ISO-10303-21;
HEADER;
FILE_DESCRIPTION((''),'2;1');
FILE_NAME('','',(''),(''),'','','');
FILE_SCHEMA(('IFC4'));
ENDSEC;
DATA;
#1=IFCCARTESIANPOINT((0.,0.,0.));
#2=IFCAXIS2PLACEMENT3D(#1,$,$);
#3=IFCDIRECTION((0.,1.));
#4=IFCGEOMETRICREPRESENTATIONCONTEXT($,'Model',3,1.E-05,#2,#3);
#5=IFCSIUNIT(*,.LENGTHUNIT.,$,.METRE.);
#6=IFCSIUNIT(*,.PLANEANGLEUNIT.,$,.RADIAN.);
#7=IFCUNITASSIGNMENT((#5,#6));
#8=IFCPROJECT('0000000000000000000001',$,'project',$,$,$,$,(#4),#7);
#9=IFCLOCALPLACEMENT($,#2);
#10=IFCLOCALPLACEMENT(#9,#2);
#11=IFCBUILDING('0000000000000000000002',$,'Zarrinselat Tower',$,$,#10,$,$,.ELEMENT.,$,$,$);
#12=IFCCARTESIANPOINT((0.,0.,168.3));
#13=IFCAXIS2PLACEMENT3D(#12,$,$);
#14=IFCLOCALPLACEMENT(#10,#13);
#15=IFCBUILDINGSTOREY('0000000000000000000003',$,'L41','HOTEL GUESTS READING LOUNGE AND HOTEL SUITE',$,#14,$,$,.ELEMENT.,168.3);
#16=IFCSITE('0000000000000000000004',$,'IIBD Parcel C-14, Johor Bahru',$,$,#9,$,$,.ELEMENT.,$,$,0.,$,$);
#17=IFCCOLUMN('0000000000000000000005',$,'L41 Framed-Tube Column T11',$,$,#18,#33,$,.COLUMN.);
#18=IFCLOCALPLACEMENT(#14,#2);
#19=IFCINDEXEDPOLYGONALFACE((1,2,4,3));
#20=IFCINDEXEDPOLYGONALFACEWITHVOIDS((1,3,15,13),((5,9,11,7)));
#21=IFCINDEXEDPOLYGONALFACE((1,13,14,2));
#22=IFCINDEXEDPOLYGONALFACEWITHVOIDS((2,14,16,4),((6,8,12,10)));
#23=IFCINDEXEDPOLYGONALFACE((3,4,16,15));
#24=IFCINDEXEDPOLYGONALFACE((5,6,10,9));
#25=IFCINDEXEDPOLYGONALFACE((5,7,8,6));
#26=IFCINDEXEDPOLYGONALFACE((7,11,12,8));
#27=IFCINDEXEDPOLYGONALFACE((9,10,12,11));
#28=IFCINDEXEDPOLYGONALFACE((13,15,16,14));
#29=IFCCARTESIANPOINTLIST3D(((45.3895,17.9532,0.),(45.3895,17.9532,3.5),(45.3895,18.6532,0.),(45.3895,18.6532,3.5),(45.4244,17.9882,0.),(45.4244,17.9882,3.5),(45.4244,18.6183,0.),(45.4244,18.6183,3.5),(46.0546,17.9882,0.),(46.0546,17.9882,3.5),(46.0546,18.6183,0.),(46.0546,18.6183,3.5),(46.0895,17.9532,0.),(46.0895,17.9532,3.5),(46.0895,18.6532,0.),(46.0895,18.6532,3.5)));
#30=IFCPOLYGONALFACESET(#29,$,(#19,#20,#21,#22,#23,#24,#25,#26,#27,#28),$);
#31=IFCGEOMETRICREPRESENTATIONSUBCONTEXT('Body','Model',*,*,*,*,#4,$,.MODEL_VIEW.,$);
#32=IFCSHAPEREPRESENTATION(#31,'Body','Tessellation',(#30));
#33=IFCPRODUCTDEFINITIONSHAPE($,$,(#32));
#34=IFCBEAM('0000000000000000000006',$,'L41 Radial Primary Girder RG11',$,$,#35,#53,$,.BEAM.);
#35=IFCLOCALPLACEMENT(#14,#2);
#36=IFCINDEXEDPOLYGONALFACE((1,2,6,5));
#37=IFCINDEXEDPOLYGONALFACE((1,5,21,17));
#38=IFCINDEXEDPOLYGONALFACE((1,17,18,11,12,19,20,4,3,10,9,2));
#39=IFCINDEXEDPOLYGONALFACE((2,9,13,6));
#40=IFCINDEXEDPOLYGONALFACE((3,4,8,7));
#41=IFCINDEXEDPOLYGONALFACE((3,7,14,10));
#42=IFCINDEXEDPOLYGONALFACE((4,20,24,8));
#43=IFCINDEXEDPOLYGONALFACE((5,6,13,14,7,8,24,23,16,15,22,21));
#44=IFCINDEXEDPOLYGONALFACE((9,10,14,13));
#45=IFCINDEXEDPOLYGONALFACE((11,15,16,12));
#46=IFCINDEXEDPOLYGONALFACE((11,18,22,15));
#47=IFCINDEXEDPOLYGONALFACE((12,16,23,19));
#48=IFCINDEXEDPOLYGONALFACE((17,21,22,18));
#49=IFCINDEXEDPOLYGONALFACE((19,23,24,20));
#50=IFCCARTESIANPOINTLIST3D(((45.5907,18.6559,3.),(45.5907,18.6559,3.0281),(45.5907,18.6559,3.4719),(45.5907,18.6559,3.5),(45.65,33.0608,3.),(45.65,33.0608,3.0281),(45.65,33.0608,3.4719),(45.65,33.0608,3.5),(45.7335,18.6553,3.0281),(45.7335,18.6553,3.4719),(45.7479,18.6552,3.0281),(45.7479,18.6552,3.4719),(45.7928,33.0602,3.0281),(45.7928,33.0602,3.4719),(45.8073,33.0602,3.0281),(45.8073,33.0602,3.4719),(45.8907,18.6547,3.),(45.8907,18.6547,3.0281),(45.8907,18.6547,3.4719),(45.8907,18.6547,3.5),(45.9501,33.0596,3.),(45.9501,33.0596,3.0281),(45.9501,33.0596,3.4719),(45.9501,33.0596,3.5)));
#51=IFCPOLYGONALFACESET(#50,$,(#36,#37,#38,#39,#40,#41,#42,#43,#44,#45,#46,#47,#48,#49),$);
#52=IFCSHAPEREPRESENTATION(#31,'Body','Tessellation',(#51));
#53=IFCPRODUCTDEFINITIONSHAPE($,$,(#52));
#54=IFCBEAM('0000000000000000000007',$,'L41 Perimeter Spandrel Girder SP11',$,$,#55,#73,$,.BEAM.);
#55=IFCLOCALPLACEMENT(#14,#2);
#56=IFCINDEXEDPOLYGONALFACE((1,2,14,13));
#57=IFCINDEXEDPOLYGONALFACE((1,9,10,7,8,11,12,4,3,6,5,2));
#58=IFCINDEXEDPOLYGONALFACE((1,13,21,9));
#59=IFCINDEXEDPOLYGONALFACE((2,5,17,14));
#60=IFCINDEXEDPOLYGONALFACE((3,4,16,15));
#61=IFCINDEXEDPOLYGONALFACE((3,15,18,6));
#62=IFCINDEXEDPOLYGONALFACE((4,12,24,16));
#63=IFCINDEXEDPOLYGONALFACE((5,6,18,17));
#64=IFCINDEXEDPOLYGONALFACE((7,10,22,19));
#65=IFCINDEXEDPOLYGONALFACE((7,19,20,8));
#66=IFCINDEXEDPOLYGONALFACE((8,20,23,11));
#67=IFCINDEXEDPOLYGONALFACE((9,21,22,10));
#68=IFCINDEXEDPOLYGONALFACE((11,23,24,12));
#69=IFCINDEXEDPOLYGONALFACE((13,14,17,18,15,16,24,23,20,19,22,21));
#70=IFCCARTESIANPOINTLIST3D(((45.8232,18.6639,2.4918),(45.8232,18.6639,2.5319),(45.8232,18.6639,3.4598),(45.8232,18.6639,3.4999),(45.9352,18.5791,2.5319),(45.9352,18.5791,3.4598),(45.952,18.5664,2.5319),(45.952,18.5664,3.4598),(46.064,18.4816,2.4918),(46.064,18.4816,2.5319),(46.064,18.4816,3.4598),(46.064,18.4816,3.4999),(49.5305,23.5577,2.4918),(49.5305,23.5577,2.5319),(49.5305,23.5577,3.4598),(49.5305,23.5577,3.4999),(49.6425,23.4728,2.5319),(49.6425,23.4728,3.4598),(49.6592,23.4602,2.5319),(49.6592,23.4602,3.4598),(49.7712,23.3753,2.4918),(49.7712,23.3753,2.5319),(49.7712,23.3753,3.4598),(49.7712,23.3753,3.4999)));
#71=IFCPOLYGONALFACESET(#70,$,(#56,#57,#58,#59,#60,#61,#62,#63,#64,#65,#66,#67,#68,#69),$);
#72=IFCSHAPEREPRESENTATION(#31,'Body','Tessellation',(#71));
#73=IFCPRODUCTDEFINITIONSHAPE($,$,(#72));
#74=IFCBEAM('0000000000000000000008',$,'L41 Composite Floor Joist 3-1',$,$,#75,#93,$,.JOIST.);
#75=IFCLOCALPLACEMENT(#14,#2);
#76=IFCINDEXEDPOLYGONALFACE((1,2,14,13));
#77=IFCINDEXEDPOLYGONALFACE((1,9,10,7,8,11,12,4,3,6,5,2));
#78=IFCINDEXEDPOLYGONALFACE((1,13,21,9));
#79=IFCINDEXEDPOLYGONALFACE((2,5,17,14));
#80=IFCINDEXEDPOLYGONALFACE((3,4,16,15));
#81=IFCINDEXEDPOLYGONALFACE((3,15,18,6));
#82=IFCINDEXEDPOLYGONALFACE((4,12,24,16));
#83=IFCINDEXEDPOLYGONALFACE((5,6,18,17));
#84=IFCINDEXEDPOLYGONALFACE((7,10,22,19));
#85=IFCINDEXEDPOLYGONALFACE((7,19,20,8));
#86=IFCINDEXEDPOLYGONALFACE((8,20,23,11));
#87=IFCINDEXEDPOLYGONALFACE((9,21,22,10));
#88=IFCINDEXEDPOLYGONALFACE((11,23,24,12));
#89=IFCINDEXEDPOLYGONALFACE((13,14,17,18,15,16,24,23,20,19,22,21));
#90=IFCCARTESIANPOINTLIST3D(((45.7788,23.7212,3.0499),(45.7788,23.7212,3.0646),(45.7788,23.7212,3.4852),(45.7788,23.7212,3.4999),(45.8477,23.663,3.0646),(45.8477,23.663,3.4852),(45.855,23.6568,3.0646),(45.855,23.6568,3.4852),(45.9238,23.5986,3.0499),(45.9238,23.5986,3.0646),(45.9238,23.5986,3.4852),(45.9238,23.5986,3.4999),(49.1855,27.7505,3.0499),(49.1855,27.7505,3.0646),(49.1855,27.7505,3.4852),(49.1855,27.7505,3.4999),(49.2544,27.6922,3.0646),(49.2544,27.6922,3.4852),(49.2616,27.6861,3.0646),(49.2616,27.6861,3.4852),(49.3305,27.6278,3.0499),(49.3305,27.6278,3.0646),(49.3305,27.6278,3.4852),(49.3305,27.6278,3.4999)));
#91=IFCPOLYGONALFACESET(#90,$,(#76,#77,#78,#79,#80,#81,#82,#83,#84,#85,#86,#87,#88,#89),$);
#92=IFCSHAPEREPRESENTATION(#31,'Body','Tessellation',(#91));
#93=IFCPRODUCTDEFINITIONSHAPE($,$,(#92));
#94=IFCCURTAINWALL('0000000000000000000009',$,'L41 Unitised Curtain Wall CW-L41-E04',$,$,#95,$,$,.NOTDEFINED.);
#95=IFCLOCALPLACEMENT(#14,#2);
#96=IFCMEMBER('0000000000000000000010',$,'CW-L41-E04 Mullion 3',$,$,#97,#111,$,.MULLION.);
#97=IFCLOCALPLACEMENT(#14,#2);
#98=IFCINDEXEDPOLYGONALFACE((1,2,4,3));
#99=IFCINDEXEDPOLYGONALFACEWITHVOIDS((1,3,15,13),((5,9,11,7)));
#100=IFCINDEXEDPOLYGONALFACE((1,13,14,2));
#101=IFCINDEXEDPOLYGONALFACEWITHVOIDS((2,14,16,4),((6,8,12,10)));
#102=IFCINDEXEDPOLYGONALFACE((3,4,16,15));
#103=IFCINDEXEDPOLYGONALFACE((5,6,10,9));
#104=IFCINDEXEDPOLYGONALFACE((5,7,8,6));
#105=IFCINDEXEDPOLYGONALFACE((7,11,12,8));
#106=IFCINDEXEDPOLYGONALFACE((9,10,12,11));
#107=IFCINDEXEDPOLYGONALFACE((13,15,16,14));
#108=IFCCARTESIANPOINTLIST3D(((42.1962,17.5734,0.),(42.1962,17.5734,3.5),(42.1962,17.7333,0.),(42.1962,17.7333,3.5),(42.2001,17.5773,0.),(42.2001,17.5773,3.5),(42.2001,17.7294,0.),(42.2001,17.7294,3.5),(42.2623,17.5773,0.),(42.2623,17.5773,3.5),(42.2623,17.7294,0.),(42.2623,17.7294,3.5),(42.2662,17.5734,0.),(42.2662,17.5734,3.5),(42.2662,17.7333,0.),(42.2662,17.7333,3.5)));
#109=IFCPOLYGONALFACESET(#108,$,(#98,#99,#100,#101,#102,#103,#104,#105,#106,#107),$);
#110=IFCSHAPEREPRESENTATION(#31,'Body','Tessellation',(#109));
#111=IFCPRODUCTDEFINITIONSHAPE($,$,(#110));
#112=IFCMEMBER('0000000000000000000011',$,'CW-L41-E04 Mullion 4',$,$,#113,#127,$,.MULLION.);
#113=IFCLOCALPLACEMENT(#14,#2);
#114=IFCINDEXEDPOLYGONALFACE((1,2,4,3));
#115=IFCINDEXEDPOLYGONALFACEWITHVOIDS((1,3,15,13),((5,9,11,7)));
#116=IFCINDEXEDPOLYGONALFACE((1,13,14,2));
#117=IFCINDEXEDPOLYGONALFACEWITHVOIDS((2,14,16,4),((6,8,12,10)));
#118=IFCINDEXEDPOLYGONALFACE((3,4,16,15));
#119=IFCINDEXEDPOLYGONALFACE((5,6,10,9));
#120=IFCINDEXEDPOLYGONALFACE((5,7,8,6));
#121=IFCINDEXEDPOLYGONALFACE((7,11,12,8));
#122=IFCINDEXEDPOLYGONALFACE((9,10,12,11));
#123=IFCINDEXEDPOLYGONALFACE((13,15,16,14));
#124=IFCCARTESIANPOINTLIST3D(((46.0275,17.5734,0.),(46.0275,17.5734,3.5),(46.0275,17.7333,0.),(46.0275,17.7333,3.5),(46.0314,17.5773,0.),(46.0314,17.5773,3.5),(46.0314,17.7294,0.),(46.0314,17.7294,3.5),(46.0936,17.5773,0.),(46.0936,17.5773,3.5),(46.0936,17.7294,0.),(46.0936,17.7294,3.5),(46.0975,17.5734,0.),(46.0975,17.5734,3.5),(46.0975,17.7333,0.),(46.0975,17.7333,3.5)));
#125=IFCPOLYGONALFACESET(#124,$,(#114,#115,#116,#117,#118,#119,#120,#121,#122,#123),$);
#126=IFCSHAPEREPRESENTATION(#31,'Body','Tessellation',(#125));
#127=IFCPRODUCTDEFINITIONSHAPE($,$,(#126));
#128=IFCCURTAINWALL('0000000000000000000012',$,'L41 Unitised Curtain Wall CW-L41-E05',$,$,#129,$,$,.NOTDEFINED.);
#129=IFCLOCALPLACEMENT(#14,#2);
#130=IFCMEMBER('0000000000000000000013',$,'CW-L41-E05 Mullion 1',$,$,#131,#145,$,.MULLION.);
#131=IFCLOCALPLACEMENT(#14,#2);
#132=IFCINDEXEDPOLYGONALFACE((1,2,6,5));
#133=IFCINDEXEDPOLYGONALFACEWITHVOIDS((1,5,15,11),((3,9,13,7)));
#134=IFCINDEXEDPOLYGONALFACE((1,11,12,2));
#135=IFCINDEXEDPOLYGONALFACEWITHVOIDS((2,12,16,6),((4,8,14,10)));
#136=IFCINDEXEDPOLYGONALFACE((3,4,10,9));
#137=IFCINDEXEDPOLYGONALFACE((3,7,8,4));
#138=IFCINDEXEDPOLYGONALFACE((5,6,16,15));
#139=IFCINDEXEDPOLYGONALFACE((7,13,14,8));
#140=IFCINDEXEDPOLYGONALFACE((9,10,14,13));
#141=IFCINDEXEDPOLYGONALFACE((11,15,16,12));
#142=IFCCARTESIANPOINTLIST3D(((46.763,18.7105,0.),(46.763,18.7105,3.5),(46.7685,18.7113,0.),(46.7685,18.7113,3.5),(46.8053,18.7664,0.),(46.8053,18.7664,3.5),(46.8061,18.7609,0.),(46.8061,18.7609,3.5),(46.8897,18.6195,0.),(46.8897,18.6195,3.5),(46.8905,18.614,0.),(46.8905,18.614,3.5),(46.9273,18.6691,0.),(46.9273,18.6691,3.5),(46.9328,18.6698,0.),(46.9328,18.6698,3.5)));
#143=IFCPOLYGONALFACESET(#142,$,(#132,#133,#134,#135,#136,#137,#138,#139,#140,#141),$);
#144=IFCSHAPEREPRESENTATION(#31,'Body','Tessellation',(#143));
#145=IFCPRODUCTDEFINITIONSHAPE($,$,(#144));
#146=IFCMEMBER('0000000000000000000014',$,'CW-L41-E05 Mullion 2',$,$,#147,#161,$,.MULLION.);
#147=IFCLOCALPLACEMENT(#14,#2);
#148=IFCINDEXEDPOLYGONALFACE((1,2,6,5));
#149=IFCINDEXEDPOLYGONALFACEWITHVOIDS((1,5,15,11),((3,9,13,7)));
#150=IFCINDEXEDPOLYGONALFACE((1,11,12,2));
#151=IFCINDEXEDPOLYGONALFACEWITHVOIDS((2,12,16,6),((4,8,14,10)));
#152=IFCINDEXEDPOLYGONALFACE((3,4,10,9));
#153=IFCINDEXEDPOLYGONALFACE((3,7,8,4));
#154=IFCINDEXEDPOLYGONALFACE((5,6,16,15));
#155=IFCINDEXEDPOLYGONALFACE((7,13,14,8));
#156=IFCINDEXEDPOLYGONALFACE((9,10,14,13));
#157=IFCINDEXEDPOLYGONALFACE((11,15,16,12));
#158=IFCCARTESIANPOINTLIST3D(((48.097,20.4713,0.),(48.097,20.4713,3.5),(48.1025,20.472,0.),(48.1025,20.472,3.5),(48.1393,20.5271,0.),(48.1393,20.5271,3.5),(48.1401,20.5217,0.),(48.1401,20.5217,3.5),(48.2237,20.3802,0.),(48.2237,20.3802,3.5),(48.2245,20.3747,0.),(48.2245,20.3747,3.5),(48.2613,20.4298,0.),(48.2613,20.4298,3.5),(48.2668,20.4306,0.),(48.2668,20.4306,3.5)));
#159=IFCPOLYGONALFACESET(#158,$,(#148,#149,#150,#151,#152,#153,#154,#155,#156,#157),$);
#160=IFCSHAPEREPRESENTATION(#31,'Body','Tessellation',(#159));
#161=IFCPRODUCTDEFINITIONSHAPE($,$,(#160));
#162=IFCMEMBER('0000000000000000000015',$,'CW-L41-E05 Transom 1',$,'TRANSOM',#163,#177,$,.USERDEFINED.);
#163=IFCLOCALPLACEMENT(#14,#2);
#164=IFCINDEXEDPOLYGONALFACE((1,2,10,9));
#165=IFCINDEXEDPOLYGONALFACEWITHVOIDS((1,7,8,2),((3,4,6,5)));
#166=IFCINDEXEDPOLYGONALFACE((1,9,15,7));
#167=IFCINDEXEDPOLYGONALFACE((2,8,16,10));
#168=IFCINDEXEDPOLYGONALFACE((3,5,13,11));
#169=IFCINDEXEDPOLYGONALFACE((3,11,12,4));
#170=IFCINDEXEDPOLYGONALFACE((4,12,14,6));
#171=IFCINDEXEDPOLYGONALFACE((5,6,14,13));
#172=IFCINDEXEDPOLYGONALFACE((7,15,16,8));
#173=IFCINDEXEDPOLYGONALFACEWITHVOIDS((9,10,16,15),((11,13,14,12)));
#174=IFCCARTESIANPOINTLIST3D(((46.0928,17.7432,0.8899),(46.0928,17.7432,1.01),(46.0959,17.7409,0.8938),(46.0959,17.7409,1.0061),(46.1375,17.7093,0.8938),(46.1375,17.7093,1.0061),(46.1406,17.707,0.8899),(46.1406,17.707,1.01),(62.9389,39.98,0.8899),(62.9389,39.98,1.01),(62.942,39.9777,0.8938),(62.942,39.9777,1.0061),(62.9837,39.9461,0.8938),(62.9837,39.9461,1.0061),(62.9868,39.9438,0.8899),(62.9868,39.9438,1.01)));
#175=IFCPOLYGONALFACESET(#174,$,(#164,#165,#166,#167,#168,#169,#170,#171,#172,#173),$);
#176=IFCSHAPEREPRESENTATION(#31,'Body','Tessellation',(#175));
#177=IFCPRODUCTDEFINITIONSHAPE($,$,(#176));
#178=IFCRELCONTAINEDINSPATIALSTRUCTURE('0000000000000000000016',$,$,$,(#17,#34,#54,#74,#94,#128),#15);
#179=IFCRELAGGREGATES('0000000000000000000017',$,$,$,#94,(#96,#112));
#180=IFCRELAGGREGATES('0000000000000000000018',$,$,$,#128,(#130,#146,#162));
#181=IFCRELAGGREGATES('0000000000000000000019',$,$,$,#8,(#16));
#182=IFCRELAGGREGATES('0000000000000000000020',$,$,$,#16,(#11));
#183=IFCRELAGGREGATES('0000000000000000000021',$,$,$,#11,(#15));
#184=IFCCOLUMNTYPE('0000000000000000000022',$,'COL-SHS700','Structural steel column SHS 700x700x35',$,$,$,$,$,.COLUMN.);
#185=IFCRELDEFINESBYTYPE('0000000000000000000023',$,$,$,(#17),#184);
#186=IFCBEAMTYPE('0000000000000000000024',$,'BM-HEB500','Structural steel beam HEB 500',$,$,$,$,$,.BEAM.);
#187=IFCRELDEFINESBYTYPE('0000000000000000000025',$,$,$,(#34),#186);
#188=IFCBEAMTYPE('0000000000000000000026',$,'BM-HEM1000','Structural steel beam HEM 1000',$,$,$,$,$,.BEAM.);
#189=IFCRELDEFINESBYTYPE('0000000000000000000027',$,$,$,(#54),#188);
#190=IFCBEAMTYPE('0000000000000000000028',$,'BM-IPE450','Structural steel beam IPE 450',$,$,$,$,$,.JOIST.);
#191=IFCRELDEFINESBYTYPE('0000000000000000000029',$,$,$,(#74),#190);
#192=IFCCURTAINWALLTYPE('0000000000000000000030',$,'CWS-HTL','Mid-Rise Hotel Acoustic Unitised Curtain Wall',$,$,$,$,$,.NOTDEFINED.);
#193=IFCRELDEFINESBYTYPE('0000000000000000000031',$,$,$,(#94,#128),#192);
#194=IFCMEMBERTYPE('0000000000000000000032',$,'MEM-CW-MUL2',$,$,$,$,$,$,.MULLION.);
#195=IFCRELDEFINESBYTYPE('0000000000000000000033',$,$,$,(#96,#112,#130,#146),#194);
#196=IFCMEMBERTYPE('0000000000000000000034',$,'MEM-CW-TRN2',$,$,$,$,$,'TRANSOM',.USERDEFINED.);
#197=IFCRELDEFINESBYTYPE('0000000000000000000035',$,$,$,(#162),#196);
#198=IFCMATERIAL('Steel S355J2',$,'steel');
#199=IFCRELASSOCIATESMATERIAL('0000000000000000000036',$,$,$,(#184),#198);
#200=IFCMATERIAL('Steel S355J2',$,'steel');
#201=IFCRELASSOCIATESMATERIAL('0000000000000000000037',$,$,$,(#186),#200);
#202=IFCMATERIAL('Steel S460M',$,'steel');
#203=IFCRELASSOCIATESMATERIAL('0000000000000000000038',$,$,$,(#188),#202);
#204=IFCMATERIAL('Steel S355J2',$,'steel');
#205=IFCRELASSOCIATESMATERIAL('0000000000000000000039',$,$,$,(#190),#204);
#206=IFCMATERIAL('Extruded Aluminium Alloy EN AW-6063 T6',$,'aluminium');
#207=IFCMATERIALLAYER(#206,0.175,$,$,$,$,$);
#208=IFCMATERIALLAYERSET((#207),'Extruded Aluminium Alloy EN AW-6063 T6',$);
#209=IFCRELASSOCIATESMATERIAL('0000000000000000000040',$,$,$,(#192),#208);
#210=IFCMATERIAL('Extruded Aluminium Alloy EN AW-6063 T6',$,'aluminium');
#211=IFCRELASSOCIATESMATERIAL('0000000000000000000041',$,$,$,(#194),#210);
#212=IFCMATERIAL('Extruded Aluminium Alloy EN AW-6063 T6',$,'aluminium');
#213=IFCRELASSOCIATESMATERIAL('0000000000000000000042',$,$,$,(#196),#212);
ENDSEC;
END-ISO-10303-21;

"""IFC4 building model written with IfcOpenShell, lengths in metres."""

from ifc_helpers import new_model, si_unit, direction, frame, origin, origin_2d, place, context, subcontext, project, spatial, hollow_rectangle, i_section, extrude, material, layer, layer_set, material_profile, profile_set, type_object, element, aggregate, save


model = new_model("IFC4")

# Units and contexts
model_context = context("Model", 3, precision=1e-05, world=origin(), true_north=direction((0.0, 1.0)))
body_context = subcontext(model_context, "Body", "Model", "MODEL_VIEW")
ifc_project = project(units=[si_unit("LENGTHUNIT", "METRE"), si_unit("PLANEANGLEUNIT", "RADIAN")], contexts=[model_context])

# Site, building, storey
site_placement = place(None, origin())
site = spatial("IfcSite", under=ifc_project, at=site_placement, Name="IIBD Parcel C-14, Johor Bahru", CompositionType="ELEMENT", RefElevation=0.0)
building_placement = place(site_placement, origin())
building = spatial("IfcBuilding", under=site, at=building_placement, Name="Zarrinselat Tower", CompositionType="ELEMENT")
storey_placement = place(building_placement, frame((0.0, 0.0, 168.3)))
storey = spatial("IfcBuildingStorey", under=building, at=storey_placement, Name="L41", Description="HOTEL GUESTS READING LOUNGE AND HOTEL SUITE", CompositionType="ELEMENT", Elevation=168.3)

# Column
ifc_material_1 = material(Name="Steel S355J2", Category="steel")
ifc_material_profile_1 = material_profile(ifc_material_1, hollow_rectangle(XDim=0.7, YDim=0.7, WallThickness=0.0349, at=origin_2d()), Name="SHS 700x700x35")
ifc_profile_set_1 = profile_set([ifc_material_profile_1], Name="Steel S355J2")
column_type = type_object("IfcColumnType", Name="COL-SHS700", Description="Structural steel column SHS 700x700x35", PredefinedType="COLUMN", material=ifc_profile_set_1)
column_placement = place(storey_placement, frame((45.7395, 18.3032, 0.0), z_axis=(0.0, 0.0, 1.0), x_axis=(1.0, 0.0, 0.0)))
element("IfcColumn", 1, at=column_placement, inside=storey, type_object=column_type, Name="L41 Framed-Tube Column T11", PredefinedType="COLUMN", context=body_context, shape_type="SweptSolid", body=[
    extrude(hollow_rectangle(XDim=0.7, YDim=0.7, WallThickness=0.0349, at=origin_2d()), origin(), (0.0, 0.0, 1.0), 3.5),
])

# Beams
ifc_material_2 = material(Name="Steel S355J2", Category="steel")
ifc_material_profile_2 = material_profile(ifc_material_2, i_section(OverallWidth=0.3, OverallDepth=0.5, WebThickness=0.0144, FlangeThickness=0.0281, at=origin_2d()), Name="HEB 500")
ifc_profile_set_2 = profile_set([ifc_material_profile_2], Name="Steel S355J2")
beam_type_1 = type_object("IfcBeamType", Name="BM-HEB500", Description="Structural steel beam HEB 500", PredefinedType="BEAM", material=ifc_profile_set_2)
beam_1_placement = place(storey_placement, frame((45.7407, 18.6553, 3.25), z_axis=(0.004118, 0.999992, 0.0), x_axis=(-0.999992, 0.004118, 0.0)))
element("IfcBeam", 2, at=beam_1_placement, inside=storey, type_object=beam_type_1, Name="L41 Radial Primary Girder RG11", PredefinedType="BEAM", context=body_context, shape_type="SweptSolid", body=[
    extrude(i_section(OverallWidth=0.3, OverallDepth=0.5, WebThickness=0.0144, FlangeThickness=0.0281, at=origin_2d()), origin(), (0.0, 0.0, 1.0), 14.405),
])
ifc_material_3 = material(Name="Steel S460M", Category="steel")
ifc_material_profile_3 = material_profile(ifc_material_3, i_section(OverallWidth=0.302, OverallDepth=1.0081, WebThickness=0.021, FlangeThickness=0.04, at=origin_2d()), Name="HEM 1000")
ifc_profile_set_3 = profile_set([ifc_material_profile_3], Name="Steel S460M")
beam_type_2 = type_object("IfcBeamType", Name="BM-HEM1000", Description="Structural steel beam HEM 1000", PredefinedType="BEAM", material=ifc_profile_set_3)
beam_2_placement = place(storey_placement, frame((45.9436, 18.5728, 2.9958), z_axis=(0.603842, 0.797104, 0.0), x_axis=(-0.797104, 0.603842, 0.0)))
element("IfcBeam", 3, at=beam_2_placement, inside=storey, type_object=beam_type_2, Name="L41 Perimeter Spandrel Girder SP11", PredefinedType="BEAM", context=body_context, shape_type="SweptSolid", body=[
    extrude(i_section(OverallWidth=0.302, OverallDepth=1.0081, WebThickness=0.021, FlangeThickness=0.04, at=origin_2d()), origin(), (0.0, 0.0, 1.0), 6.1394),
])
ifc_material_4 = material(Name="Steel S355J2", Category="steel")
ifc_material_profile_4 = material_profile(ifc_material_4, i_section(OverallWidth=0.1899, OverallDepth=0.45, WebThickness=0.0095, FlangeThickness=0.0146, at=origin_2d()), Name="IPE 450")
ifc_profile_set_4 = profile_set([ifc_material_profile_4], Name="Steel S355J2")
beam_type_3 = type_object("IfcBeamType", Name="BM-IPE450", Description="Structural steel beam IPE 450", PredefinedType="JOIST", material=ifc_profile_set_4)
beam_3_placement = place(storey_placement, frame((45.8513, 23.6599, 3.2749), z_axis=(0.645648, 0.763635, 0.0), x_axis=(-0.763635, 0.645648, 0.0)))
element("IfcBeam", 4, at=beam_3_placement, inside=storey, type_object=beam_type_3, Name="L41 Composite Floor Joist 3-1", PredefinedType="JOIST", context=body_context, shape_type="SweptSolid", body=[
    extrude(i_section(OverallWidth=0.1899, OverallDepth=0.45, WebThickness=0.0095, FlangeThickness=0.0146, at=origin_2d()), origin(), (0.0, 0.0, 1.0), 5.2764),
])

# Curtain walls, members
ifc_material_5 = material(Name="Extruded Aluminium Alloy EN AW-6063 T6", Category="aluminium")
ifc_layer_1 = layer(ifc_material_5, 0.175)
ifc_layer_set_1 = layer_set([ifc_layer_1], Name="Extruded Aluminium Alloy EN AW-6063 T6")
curtain_wall_type = type_object("IfcCurtainWallType", Name="CWS-HTL", Description="Mid-Rise Hotel Acoustic Unitised Curtain Wall", PredefinedType="NOTDEFINED", material=ifc_layer_set_1)
curtain_wall_1_placement = place(storey_placement, origin())
curtain_wall_1 = element("IfcCurtainWall", 5, at=curtain_wall_1_placement, inside=storey, type_object=curtain_wall_type, Name="L41 Unitised Curtain Wall CW-L41-E04", PredefinedType="NOTDEFINED")
ifc_material_6 = material(Name="Extruded Aluminium Alloy EN AW-6063 T6", Category="aluminium")
ifc_material_profile_5 = material_profile(ifc_material_6, hollow_rectangle(XDim=0.0701, YDim=0.1599, WallThickness=0.0039, at=origin_2d()), Name="RHS 160x70x4")
ifc_profile_set_5 = profile_set([ifc_material_profile_5], Name="Extruded Aluminium Alloy EN AW-6063 T6")
member_type_1 = type_object("IfcMemberType", Name="MEM-CW-MUL2", PredefinedType="MULLION", material=ifc_profile_set_5)
member_1_placement = place(storey_placement, frame((42.2312, 17.6533, 0.0), z_axis=(0.0, 0.0, 1.0), x_axis=(1.0, 0.0, 0.0)))
member_1 = element("IfcMember", 6, at=member_1_placement, type_object=member_type_1, Name="CW-L41-E04 Mullion 3", PredefinedType="MULLION", context=body_context, shape_type="SweptSolid", body=[
    extrude(hollow_rectangle(XDim=0.0701, YDim=0.1599, WallThickness=0.0039, at=origin_2d()), origin(), (0.0, 0.0, 1.0), 3.5),
])
member_2_placement = place(storey_placement, frame((46.0625, 17.6533, 0.0), z_axis=(0.0, 0.0, 1.0), x_axis=(1.0, 0.0, 0.0)))
member_2 = element("IfcMember", 7, at=member_2_placement, type_object=member_type_1, Name="CW-L41-E04 Mullion 4", PredefinedType="MULLION", context=body_context, shape_type="SweptSolid", body=[
    extrude(hollow_rectangle(XDim=0.0701, YDim=0.1599, WallThickness=0.0039, at=origin_2d()), origin(), (0.0, 0.0, 1.0), 3.5),
])
curtain_wall_2_placement = place(storey_placement, origin())
curtain_wall_2 = element("IfcCurtainWall", 8, at=curtain_wall_2_placement, inside=storey, type_object=curtain_wall_type, Name="L41 Unitised Curtain Wall CW-L41-E05", PredefinedType="NOTDEFINED")
member_3_placement = place(storey_placement, frame((46.8479, 18.6902, 0.0), z_axis=(0.0, 0.0, 1.0), x_axis=(0.603859, 0.797091, 0.0)))
member_3 = element("IfcMember", 9, at=member_3_placement, type_object=member_type_1, Name="CW-L41-E05 Mullion 1", PredefinedType="MULLION", context=body_context, shape_type="SweptSolid", body=[
    extrude(hollow_rectangle(XDim=0.0701, YDim=0.1599, WallThickness=0.0039, at=origin_2d()), origin(), (0.0, 0.0, 1.0), 3.5),
])
member_4_placement = place(storey_placement, frame((48.1819, 20.4509, 0.0), z_axis=(0.0, 0.0, 1.0), x_axis=(0.603859, 0.797091, 0.0)))
member_4 = element("IfcMember", 10, at=member_4_placement, type_object=member_type_1, Name="CW-L41-E05 Mullion 2", PredefinedType="MULLION", context=body_context, shape_type="SweptSolid", body=[
    extrude(hollow_rectangle(XDim=0.0701, YDim=0.1599, WallThickness=0.0039, at=origin_2d()), origin(), (0.0, 0.0, 1.0), 3.5),
])
ifc_material_7 = material(Name="Extruded Aluminium Alloy EN AW-6063 T6", Category="aluminium")
ifc_material_profile_6 = material_profile(ifc_material_7, hollow_rectangle(XDim=0.0601, YDim=0.1201, WallThickness=0.0039, at=origin_2d()), Name="RHS 120x60x4")
ifc_profile_set_6 = profile_set([ifc_material_profile_6], Name="Extruded Aluminium Alloy EN AW-6063 T6")
member_type_2 = type_object("IfcMemberType", Name="MEM-CW-TRN2", ElementType="TRANSOM", PredefinedType="USERDEFINED", material=ifc_profile_set_6)
member_5_placement = place(storey_placement, frame((46.1167, 17.7251, 0.95), z_axis=(0.60386, 0.79709, 0.0), x_axis=(-0.79709, 0.60386, 0.0)))
member_5 = element("IfcMember", 11, at=member_5_placement, type_object=member_type_2, Name="CW-L41-E05 Transom 1", ObjectType="TRANSOM", PredefinedType="USERDEFINED", context=body_context, shape_type="SweptSolid", body=[
    extrude(hollow_rectangle(XDim=0.0601, YDim=0.1201, WallThickness=0.0039, at=origin_2d()), origin(), (0.0, 0.0, 1.0), 27.8975),
])

aggregate(curtain_wall_1, [member_1, member_2])
aggregate(curtain_wall_2, [member_3, member_4, member_5])

save(model, "model.ifc")
